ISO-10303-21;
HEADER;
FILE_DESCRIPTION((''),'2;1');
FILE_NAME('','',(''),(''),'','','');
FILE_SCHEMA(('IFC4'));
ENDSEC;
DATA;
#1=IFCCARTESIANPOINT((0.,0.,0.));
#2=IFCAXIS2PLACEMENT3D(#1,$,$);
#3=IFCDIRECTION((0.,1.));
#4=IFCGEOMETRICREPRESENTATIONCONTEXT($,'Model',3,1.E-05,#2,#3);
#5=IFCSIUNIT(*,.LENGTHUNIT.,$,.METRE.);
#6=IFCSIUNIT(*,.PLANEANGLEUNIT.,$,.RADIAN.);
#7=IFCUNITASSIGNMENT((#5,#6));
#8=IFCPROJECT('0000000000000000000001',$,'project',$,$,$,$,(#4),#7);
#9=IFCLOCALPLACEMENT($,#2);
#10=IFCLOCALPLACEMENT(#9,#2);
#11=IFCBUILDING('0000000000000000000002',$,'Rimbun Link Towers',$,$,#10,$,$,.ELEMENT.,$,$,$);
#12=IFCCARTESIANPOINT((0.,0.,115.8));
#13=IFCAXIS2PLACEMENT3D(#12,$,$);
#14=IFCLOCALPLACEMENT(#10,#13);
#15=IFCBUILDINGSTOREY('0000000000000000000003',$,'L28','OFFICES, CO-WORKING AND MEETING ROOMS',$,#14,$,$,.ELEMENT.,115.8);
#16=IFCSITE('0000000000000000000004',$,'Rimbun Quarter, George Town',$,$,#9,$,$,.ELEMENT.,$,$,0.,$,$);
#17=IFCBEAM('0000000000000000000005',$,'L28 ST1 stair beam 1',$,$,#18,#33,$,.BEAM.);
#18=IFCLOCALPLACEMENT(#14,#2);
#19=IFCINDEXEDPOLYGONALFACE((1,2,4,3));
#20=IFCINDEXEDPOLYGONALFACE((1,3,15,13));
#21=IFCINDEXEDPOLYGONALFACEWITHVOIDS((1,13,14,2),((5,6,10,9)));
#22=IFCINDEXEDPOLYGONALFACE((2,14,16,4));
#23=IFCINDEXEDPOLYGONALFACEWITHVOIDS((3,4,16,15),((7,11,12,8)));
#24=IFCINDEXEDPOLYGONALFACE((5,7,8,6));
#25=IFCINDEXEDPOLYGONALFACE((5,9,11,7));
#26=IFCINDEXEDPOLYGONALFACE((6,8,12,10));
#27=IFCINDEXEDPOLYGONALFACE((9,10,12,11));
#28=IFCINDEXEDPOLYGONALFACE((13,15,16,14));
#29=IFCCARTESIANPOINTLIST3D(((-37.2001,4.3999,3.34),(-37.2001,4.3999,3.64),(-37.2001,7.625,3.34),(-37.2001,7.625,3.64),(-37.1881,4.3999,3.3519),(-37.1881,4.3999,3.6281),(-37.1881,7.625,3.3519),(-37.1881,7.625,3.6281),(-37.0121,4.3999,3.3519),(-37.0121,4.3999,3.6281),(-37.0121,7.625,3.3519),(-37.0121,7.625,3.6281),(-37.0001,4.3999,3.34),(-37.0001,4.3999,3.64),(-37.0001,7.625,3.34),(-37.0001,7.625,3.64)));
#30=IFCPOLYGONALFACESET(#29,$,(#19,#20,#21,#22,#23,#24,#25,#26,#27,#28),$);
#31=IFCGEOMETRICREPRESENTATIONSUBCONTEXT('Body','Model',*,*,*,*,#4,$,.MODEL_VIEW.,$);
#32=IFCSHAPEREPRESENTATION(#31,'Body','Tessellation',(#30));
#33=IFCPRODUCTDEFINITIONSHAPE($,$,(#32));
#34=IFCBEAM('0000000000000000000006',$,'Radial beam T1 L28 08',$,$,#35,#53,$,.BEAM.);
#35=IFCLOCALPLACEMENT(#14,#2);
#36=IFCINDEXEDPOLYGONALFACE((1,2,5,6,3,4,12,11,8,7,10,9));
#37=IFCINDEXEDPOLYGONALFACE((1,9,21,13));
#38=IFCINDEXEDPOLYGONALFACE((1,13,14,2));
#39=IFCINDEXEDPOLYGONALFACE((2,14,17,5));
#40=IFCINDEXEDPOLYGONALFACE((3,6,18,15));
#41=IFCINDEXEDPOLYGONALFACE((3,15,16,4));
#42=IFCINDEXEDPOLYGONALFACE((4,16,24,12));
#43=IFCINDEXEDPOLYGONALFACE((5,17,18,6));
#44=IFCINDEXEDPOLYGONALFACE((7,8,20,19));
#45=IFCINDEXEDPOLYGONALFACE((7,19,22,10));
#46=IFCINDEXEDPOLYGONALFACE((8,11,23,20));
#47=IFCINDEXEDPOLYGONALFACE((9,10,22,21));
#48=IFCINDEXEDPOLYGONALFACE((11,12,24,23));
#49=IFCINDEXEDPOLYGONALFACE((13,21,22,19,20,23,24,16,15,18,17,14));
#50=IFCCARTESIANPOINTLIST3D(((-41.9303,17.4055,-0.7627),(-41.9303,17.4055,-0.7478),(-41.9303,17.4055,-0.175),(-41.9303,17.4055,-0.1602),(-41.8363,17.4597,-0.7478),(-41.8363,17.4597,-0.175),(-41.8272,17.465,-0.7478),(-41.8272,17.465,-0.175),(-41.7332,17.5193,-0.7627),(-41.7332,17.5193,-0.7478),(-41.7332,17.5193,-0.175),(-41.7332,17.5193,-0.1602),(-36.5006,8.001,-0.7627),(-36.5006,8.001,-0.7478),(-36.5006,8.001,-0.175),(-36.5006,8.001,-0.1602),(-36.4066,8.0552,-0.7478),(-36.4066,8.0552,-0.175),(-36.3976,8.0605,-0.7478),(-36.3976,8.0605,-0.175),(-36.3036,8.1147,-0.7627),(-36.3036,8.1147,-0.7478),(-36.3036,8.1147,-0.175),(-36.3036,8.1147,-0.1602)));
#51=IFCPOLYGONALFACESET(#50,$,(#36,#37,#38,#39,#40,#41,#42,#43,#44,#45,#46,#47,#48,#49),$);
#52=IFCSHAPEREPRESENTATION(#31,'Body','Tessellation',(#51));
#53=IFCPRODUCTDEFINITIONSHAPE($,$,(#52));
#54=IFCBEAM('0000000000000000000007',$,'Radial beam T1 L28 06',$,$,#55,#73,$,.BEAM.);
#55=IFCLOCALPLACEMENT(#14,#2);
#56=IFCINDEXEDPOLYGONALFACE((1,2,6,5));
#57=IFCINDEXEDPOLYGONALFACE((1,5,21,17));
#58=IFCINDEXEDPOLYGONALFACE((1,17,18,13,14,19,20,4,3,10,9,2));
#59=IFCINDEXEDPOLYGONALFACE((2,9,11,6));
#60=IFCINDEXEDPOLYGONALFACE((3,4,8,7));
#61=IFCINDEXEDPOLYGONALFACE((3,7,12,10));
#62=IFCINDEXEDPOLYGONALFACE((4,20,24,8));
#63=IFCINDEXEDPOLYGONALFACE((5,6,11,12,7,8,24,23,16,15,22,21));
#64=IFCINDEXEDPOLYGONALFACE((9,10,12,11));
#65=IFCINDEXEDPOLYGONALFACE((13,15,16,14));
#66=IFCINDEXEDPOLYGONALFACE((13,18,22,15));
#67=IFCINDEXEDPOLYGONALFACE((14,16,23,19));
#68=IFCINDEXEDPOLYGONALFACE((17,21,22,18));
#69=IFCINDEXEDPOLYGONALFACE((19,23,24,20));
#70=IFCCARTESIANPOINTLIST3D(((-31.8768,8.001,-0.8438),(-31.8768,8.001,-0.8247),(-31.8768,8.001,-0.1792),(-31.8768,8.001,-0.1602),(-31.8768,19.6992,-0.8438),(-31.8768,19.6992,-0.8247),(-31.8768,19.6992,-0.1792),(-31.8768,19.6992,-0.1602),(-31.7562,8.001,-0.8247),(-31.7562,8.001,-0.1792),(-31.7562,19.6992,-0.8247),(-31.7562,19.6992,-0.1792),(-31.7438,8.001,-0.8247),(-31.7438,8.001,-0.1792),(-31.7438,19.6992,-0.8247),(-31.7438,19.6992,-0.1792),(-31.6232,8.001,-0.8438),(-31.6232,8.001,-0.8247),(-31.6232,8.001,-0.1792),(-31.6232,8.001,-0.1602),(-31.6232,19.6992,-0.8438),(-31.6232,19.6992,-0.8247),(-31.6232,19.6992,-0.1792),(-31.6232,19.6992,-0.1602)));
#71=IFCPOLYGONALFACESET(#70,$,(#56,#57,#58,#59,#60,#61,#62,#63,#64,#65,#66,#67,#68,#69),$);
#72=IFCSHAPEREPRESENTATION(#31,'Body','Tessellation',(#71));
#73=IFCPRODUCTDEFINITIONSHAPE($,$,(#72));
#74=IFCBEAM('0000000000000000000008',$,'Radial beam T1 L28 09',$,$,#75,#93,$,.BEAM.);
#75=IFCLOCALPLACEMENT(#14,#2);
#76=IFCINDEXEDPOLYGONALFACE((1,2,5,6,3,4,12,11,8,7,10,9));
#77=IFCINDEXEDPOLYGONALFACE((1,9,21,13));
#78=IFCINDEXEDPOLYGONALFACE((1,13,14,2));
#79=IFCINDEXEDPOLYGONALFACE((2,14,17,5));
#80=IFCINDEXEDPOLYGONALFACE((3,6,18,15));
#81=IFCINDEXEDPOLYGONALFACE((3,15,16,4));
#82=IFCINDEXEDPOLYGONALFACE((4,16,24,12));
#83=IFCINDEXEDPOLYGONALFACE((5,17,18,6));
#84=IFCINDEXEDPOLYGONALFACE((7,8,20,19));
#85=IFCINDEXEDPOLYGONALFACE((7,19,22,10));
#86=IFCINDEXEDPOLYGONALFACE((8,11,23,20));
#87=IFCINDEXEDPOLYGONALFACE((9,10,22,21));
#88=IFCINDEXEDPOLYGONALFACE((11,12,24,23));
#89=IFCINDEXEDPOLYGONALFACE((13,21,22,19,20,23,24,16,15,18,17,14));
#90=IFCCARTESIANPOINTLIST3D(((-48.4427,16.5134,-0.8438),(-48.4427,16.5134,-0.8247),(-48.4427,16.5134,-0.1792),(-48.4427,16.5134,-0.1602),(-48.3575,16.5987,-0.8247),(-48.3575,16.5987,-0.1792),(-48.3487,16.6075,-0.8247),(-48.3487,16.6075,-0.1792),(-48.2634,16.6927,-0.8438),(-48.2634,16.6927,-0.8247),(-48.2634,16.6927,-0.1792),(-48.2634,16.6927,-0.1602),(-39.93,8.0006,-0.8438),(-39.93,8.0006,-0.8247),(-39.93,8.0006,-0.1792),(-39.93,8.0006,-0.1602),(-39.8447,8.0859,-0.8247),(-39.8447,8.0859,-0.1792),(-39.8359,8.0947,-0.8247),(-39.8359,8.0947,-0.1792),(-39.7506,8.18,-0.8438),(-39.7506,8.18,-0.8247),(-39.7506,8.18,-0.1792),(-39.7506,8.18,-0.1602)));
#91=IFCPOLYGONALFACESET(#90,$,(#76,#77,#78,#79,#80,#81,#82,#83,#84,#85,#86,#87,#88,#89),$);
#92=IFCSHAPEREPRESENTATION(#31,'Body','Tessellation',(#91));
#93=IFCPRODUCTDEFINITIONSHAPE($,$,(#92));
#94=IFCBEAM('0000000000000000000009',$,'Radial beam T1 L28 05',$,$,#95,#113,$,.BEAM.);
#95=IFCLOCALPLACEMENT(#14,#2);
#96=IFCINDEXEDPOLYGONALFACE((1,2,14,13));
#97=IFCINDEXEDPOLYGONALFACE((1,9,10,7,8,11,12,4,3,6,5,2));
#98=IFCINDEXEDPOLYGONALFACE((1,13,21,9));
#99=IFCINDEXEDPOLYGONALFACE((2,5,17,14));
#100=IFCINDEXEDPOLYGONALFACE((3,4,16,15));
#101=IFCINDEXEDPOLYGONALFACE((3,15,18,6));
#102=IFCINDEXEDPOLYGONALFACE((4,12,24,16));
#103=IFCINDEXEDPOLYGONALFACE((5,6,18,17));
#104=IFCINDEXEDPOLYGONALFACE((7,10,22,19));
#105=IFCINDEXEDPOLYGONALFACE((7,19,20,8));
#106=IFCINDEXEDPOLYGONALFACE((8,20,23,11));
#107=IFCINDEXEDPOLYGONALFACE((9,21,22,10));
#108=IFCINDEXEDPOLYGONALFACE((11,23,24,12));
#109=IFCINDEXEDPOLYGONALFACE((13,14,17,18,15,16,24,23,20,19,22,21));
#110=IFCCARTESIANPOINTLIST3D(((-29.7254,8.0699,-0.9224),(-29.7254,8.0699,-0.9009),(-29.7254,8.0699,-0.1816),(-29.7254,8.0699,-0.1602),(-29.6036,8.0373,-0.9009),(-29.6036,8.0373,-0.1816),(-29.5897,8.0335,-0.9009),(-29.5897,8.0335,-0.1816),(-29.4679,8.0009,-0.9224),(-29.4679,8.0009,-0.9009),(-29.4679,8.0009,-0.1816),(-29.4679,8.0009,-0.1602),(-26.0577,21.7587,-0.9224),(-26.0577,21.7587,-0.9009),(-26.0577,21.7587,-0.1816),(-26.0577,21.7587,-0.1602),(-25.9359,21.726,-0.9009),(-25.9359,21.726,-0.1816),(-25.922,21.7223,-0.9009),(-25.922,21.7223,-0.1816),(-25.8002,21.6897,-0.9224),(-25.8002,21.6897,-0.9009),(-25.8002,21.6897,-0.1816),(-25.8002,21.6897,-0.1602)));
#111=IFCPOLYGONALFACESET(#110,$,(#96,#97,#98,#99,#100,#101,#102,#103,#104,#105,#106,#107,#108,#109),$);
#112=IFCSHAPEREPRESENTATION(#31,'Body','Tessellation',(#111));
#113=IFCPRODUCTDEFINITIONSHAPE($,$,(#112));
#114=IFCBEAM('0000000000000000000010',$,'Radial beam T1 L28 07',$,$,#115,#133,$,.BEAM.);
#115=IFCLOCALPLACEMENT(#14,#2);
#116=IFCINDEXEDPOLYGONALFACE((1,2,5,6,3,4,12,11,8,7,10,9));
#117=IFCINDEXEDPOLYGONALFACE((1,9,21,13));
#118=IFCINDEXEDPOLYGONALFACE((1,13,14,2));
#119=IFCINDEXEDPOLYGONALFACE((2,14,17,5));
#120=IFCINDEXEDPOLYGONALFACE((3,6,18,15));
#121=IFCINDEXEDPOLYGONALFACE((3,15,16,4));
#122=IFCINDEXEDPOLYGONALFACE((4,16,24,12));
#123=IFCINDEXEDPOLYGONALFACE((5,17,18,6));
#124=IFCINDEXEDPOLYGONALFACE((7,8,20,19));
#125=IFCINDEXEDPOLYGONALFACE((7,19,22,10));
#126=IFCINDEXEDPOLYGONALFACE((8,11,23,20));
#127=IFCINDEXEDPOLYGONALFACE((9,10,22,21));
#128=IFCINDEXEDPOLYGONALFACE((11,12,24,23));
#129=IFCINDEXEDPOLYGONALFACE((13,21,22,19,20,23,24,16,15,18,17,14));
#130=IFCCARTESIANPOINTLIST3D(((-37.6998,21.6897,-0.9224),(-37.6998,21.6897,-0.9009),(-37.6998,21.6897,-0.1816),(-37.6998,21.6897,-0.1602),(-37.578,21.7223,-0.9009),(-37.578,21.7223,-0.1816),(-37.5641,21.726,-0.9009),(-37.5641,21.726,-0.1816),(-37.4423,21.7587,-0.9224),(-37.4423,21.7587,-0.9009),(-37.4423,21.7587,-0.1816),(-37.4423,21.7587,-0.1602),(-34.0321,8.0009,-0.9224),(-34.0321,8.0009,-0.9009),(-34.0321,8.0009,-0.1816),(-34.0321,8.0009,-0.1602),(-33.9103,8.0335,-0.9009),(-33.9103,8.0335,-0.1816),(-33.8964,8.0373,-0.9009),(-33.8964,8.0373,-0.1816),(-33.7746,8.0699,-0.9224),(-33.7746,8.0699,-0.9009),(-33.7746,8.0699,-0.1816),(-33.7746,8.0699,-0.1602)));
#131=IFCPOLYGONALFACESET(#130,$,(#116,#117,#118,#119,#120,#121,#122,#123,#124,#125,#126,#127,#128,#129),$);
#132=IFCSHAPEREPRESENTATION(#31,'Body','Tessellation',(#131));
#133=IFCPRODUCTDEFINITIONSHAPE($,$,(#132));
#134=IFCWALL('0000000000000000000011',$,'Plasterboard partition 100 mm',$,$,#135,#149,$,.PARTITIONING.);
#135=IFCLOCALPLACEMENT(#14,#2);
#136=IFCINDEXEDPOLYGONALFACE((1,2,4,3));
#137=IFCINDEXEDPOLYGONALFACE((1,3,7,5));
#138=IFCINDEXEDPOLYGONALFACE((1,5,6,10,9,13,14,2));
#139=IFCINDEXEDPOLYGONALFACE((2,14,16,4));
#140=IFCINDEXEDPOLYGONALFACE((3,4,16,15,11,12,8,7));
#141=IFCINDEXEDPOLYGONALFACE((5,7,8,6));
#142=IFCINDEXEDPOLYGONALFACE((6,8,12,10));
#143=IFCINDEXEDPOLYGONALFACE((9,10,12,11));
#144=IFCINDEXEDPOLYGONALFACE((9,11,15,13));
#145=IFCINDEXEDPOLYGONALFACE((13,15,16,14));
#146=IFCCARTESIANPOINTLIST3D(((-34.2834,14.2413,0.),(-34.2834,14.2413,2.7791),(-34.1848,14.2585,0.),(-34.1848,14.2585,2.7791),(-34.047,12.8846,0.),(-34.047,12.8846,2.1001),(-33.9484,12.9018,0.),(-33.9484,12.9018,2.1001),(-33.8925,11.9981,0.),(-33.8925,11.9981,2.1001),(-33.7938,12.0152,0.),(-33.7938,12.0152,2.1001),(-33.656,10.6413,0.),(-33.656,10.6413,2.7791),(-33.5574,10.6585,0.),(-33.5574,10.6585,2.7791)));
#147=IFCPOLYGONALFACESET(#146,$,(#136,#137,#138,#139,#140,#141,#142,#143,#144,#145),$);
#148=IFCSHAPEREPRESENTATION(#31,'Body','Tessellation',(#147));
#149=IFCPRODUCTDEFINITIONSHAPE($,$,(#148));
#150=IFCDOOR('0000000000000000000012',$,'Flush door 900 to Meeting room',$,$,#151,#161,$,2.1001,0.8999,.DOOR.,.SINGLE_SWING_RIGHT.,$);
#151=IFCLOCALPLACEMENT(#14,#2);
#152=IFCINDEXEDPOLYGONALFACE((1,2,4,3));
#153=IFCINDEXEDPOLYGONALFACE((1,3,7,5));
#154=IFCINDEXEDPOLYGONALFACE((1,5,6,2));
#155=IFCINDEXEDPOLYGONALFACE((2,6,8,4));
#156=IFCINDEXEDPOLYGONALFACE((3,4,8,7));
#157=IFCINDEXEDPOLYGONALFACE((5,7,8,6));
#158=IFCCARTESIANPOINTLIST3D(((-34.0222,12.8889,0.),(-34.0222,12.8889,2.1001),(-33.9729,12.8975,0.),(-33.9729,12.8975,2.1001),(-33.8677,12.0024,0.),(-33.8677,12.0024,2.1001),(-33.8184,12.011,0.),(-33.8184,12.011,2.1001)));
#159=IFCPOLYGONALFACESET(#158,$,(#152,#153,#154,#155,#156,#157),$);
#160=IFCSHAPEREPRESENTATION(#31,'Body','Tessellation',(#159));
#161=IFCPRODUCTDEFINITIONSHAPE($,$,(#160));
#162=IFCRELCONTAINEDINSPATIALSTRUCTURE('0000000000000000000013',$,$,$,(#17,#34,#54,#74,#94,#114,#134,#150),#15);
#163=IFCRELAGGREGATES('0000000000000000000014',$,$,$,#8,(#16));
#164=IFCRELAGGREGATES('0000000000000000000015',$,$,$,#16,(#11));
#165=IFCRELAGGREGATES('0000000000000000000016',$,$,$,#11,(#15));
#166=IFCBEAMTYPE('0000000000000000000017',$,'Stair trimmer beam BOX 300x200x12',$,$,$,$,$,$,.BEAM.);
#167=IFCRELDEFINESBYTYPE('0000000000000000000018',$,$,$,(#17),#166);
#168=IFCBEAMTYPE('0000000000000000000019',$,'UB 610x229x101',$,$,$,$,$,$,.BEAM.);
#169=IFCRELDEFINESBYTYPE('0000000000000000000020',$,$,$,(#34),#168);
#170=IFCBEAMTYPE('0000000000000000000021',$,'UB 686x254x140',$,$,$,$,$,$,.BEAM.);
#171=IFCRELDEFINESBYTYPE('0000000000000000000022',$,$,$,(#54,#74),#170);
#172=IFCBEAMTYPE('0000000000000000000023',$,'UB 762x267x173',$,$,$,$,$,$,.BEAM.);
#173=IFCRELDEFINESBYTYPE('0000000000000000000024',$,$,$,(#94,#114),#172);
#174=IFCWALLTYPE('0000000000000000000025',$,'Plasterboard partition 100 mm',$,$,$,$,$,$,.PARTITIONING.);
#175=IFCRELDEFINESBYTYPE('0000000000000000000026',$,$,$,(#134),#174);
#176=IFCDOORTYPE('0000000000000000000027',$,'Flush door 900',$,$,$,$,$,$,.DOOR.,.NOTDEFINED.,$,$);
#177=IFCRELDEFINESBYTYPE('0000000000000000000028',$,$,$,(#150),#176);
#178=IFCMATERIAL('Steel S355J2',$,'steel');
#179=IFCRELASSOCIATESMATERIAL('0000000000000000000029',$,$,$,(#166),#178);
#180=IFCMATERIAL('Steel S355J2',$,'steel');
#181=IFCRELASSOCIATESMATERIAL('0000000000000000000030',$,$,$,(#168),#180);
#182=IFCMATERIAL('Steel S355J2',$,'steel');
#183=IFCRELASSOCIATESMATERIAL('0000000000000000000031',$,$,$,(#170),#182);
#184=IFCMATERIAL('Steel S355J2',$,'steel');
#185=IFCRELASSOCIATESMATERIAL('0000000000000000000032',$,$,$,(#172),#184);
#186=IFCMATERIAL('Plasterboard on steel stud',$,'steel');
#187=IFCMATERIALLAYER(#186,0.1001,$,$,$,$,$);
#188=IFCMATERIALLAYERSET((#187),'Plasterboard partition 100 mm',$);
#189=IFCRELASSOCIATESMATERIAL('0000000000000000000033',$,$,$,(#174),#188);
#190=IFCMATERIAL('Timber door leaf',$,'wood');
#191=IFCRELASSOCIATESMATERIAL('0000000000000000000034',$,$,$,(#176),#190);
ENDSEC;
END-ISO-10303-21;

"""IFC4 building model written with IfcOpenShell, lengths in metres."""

from ifc_helpers import new_model, si_unit, direction, frame, frame_2d, origin, origin_2d, place, context, subcontext, project, spatial, rectangle, hollow_rectangle, i_section, extrude, material, layer, layer_set, material_profile, profile_set, type_object, element, fill, save


model = new_model("IFC4")

# Units and contexts
model_context = context("Model", 3, precision=1e-05, world=origin(), true_north=direction((0.0, 1.0)))
body_context = subcontext(model_context, "Body", "Model", "MODEL_VIEW")
ifc_project = project(units=[si_unit("LENGTHUNIT", "METRE"), si_unit("PLANEANGLEUNIT", "RADIAN")], contexts=[model_context])

# Site, building, storey
site_placement = place(None, origin())
site = spatial("IfcSite", under=ifc_project, at=site_placement, Name="Rimbun Quarter, George Town", CompositionType="ELEMENT", RefElevation=0.0)
building_placement = place(site_placement, origin())
building = spatial("IfcBuilding", under=site, at=building_placement, Name="Rimbun Link Towers", CompositionType="ELEMENT")
storey_placement = place(building_placement, frame((0.0, 0.0, 115.8)))
storey = spatial("IfcBuildingStorey", under=building, at=storey_placement, Name="L28", Description="OFFICES, CO-WORKING AND MEETING ROOMS", CompositionType="ELEMENT", Elevation=115.8)

# Beams
ifc_material_1 = material(Name="Steel S355J2", Category="steel")
ifc_material_profile_1 = material_profile(ifc_material_1, hollow_rectangle(XDim=0.2, YDim=0.3, WallThickness=0.012, at=origin_2d()), Name="BOX 300x200x12")
ifc_profile_set_1 = profile_set([ifc_material_profile_1], Name="Steel S355J2")
beam_type_1 = type_object("IfcBeamType", Name="Stair trimmer beam BOX 300x200x12", PredefinedType="BEAM", material=ifc_profile_set_1)
beam_1_placement = place(storey_placement, frame((-37.1001, 7.625, 3.49), z_axis=(0.0, -1.0, 0.0), x_axis=(1.0, 0.0, 0.0)))
element("IfcBeam", 1, at=beam_1_placement, inside=storey, type_object=beam_type_1, Name="L28 ST1 stair beam 1", PredefinedType="BEAM", context=body_context, shape_type="SweptSolid", body=[
    extrude(hollow_rectangle(XDim=0.2, YDim=0.3, WallThickness=0.012, at=origin_2d()), origin(), (0.0, 0.0, 1.0), 3.2251),
])
ifc_material_2 = material(Name="Steel S355J2", Category="steel")
ifc_material_profile_2 = material_profile(ifc_material_2, i_section(OverallWidth=0.2275, OverallDepth=0.6025, WebThickness=0.0105, FlangeThickness=0.0149, at=origin_2d()), Name="UB 610x229x101")
ifc_profile_set_2 = profile_set([ifc_material_profile_2], Name="Steel S355J2")
beam_type_2 = type_object("IfcBeamType", Name="UB 610x229x101", PredefinedType="BEAM", material=ifc_profile_set_2)
beam_2_placement = place(storey_placement, frame((-36.4021, 8.0579, -0.4614), z_axis=(-0.499998, 0.866026, 0.0), x_axis=(-0.866026, -0.499998, 0.0)))
element("IfcBeam", 2, at=beam_2_placement, inside=storey, type_object=beam_type_2, Name="Radial beam T1 L28 08", PredefinedType="BEAM", context=body_context, shape_type="SweptSolid", body=[
    extrude(i_section(OverallWidth=0.2275, OverallDepth=0.6025, WebThickness=0.0105, FlangeThickness=0.0149, at=origin_2d()), origin(), (0.0, 0.0, 1.0), 10.8594),
])
ifc_material_3 = material(Name="Steel S355J2", Category="steel")
ifc_material_profile_3 = material_profile(ifc_material_3, i_section(OverallWidth=0.2537, OverallDepth=0.6836, WebThickness=0.0125, FlangeThickness=0.019, at=origin_2d()), Name="UB 686x254x140")
ifc_profile_set_3 = profile_set([ifc_material_profile_3], Name="Steel S355J2")
beam_type_3 = type_object("IfcBeamType", Name="UB 686x254x140", PredefinedType="BEAM", material=ifc_profile_set_3)
beam_3_placement = place(storey_placement, frame((-31.75, 8.001, -0.502), z_axis=(0.0, 1.0, 0.0), x_axis=(-1.0, 0.0, 0.0)))
element("IfcBeam", 3, at=beam_3_placement, inside=storey, type_object=beam_type_3, Name="Radial beam T1 L28 06", PredefinedType="BEAM", context=body_context, shape_type="SweptSolid", body=[
    extrude(i_section(OverallWidth=0.2537, OverallDepth=0.6836, WebThickness=0.0125, FlangeThickness=0.019, at=origin_2d()), origin(), (0.0, 0.0, 1.0), 11.6982),
])
beam_4_placement = place(storey_placement, frame((-39.8403, 8.0903, -0.502), z_axis=(-0.707107, 0.707107, 0.0), x_axis=(-0.707107, -0.707107, 0.0)))
element("IfcBeam", 4, at=beam_4_placement, inside=storey, type_object=beam_type_3, Name="Radial beam T1 L28 09", PredefinedType="BEAM", context=body_context, shape_type="SweptSolid", body=[
    extrude(i_section(OverallWidth=0.2537, OverallDepth=0.6836, WebThickness=0.0125, FlangeThickness=0.019, at=origin_2d()), origin(), (0.0, 0.0, 1.0), 12.0388),
])
ifc_material_4 = material(Name="Steel S355J2", Category="steel")
ifc_material_profile_4 = material_profile(ifc_material_4, i_section(OverallWidth=0.2666, OverallDepth=0.7622, WebThickness=0.0144, FlangeThickness=0.0215, at=origin_2d()), Name="UB 762x267x173")
ifc_profile_set_4 = profile_set([ifc_material_profile_4], Name="Steel S355J2")
beam_type_4 = type_object("IfcBeamType", Name="UB 762x267x173", PredefinedType="BEAM", material=ifc_profile_set_4)
for number, where, z_axis, x_axis, name in (
    (5, (-29.5967, 8.0354, -0.5413), (0.258809, 0.965929, 0.0), (-0.965929, 0.258809, 0.0), "Radial beam T1 L28 05"),
    (6, (-33.9033, 8.0354, -0.5413), (-0.258809, 0.965929, 0.0), (-0.965929, -0.258809, 0.0), "Radial beam T1 L28 07"),
):
    element("IfcBeam", number, at=place(storey_placement, frame(where, z_axis=z_axis, x_axis=x_axis)), inside=storey, type_object=beam_type_4, Name=name, PredefinedType="BEAM", context=body_context, shape_type="SweptSolid", body=[
        extrude(i_section(OverallWidth=0.2666, OverallDepth=0.7622, WebThickness=0.0144, FlangeThickness=0.0215, at=origin_2d()), origin(), (0.0, 0.0, 1.0), 14.1716),
    ])

# Wall, opening, door
ifc_material_5 = material(Name="Plasterboard on steel stud", Category="steel")
ifc_layer_1 = layer(ifc_material_5, 0.1001)
ifc_layer_set_1 = layer_set([ifc_layer_1], Name="Plasterboard partition 100 mm")
wall_type_1 = type_object("IfcWallType", Name="Plasterboard partition 100 mm", PredefinedType="PARTITIONING", material=ifc_layer_set_1)
wall_1_placement = place(storey_placement, frame((-33.6067, 10.6499, 0.0), z_axis=(0.0, 0.0, 1.0), x_axis=(-0.171696, 0.98515, 0.0)))
wall_1 = element("IfcWall", 7, at=wall_1_placement, inside=storey, type_object=wall_type_1, Name="Plasterboard partition 100 mm", PredefinedType="PARTITIONING", context=body_context, shape_type="SweptSolid", body=[
    extrude(rectangle(XDim=3.6543, YDim=0.1001, at=frame_2d((1.8271, 0.0))), origin(), (0.0, 0.0, 1.0), 2.7791),
])
opening_1_placement = place(wall_1_placement, frame((1.3772, 0.0, 0.0)))
opening_1 = element("IfcOpeningElement", 8, at=opening_1_placement, cuts=wall_1, PredefinedType="OPENING", context=body_context, shape_type="SweptSolid", body=[
    extrude(rectangle(XDim=0.8999, YDim=2.1001, at=frame_2d((0.45, 1.05))), frame((0.0, 0.0601, 0.0), z_axis=(0.0, -1.0, 0.0), x_axis=(1.0, 0.0, 0.0)), (0.0, 0.0, 1.0), 0.1201),
])
ifc_material_6 = material(Name="Timber door leaf", Category="wood")
door_type_1 = type_object("IfcDoorType", Name="Flush door 900", OperationType="NOTDEFINED", PredefinedType="DOOR", material=ifc_material_6)
door_1_placement = place(opening_1_placement, origin())
door_1 = element("IfcDoor", 9, at=door_1_placement, inside=storey, type_object=door_type_1, Name="Flush door 900 to Meeting room", OperationType="SINGLE_SWING_RIGHT", OverallHeight=2.1001, OverallWidth=0.8999, PredefinedType="DOOR", context=body_context, shape_type="SweptSolid", body=[
    extrude(rectangle(XDim=0.8999, YDim=2.1001, at=frame_2d((0.45, 1.05))), frame((0.0, 0.0249, 0.0), z_axis=(0.0, -1.0, 0.0), x_axis=(1.0, 0.0, 0.0)), (0.0, 0.0, 1.0), 0.05),
])
fill(opening_1, door_1)

save(model, "model.ifc")
